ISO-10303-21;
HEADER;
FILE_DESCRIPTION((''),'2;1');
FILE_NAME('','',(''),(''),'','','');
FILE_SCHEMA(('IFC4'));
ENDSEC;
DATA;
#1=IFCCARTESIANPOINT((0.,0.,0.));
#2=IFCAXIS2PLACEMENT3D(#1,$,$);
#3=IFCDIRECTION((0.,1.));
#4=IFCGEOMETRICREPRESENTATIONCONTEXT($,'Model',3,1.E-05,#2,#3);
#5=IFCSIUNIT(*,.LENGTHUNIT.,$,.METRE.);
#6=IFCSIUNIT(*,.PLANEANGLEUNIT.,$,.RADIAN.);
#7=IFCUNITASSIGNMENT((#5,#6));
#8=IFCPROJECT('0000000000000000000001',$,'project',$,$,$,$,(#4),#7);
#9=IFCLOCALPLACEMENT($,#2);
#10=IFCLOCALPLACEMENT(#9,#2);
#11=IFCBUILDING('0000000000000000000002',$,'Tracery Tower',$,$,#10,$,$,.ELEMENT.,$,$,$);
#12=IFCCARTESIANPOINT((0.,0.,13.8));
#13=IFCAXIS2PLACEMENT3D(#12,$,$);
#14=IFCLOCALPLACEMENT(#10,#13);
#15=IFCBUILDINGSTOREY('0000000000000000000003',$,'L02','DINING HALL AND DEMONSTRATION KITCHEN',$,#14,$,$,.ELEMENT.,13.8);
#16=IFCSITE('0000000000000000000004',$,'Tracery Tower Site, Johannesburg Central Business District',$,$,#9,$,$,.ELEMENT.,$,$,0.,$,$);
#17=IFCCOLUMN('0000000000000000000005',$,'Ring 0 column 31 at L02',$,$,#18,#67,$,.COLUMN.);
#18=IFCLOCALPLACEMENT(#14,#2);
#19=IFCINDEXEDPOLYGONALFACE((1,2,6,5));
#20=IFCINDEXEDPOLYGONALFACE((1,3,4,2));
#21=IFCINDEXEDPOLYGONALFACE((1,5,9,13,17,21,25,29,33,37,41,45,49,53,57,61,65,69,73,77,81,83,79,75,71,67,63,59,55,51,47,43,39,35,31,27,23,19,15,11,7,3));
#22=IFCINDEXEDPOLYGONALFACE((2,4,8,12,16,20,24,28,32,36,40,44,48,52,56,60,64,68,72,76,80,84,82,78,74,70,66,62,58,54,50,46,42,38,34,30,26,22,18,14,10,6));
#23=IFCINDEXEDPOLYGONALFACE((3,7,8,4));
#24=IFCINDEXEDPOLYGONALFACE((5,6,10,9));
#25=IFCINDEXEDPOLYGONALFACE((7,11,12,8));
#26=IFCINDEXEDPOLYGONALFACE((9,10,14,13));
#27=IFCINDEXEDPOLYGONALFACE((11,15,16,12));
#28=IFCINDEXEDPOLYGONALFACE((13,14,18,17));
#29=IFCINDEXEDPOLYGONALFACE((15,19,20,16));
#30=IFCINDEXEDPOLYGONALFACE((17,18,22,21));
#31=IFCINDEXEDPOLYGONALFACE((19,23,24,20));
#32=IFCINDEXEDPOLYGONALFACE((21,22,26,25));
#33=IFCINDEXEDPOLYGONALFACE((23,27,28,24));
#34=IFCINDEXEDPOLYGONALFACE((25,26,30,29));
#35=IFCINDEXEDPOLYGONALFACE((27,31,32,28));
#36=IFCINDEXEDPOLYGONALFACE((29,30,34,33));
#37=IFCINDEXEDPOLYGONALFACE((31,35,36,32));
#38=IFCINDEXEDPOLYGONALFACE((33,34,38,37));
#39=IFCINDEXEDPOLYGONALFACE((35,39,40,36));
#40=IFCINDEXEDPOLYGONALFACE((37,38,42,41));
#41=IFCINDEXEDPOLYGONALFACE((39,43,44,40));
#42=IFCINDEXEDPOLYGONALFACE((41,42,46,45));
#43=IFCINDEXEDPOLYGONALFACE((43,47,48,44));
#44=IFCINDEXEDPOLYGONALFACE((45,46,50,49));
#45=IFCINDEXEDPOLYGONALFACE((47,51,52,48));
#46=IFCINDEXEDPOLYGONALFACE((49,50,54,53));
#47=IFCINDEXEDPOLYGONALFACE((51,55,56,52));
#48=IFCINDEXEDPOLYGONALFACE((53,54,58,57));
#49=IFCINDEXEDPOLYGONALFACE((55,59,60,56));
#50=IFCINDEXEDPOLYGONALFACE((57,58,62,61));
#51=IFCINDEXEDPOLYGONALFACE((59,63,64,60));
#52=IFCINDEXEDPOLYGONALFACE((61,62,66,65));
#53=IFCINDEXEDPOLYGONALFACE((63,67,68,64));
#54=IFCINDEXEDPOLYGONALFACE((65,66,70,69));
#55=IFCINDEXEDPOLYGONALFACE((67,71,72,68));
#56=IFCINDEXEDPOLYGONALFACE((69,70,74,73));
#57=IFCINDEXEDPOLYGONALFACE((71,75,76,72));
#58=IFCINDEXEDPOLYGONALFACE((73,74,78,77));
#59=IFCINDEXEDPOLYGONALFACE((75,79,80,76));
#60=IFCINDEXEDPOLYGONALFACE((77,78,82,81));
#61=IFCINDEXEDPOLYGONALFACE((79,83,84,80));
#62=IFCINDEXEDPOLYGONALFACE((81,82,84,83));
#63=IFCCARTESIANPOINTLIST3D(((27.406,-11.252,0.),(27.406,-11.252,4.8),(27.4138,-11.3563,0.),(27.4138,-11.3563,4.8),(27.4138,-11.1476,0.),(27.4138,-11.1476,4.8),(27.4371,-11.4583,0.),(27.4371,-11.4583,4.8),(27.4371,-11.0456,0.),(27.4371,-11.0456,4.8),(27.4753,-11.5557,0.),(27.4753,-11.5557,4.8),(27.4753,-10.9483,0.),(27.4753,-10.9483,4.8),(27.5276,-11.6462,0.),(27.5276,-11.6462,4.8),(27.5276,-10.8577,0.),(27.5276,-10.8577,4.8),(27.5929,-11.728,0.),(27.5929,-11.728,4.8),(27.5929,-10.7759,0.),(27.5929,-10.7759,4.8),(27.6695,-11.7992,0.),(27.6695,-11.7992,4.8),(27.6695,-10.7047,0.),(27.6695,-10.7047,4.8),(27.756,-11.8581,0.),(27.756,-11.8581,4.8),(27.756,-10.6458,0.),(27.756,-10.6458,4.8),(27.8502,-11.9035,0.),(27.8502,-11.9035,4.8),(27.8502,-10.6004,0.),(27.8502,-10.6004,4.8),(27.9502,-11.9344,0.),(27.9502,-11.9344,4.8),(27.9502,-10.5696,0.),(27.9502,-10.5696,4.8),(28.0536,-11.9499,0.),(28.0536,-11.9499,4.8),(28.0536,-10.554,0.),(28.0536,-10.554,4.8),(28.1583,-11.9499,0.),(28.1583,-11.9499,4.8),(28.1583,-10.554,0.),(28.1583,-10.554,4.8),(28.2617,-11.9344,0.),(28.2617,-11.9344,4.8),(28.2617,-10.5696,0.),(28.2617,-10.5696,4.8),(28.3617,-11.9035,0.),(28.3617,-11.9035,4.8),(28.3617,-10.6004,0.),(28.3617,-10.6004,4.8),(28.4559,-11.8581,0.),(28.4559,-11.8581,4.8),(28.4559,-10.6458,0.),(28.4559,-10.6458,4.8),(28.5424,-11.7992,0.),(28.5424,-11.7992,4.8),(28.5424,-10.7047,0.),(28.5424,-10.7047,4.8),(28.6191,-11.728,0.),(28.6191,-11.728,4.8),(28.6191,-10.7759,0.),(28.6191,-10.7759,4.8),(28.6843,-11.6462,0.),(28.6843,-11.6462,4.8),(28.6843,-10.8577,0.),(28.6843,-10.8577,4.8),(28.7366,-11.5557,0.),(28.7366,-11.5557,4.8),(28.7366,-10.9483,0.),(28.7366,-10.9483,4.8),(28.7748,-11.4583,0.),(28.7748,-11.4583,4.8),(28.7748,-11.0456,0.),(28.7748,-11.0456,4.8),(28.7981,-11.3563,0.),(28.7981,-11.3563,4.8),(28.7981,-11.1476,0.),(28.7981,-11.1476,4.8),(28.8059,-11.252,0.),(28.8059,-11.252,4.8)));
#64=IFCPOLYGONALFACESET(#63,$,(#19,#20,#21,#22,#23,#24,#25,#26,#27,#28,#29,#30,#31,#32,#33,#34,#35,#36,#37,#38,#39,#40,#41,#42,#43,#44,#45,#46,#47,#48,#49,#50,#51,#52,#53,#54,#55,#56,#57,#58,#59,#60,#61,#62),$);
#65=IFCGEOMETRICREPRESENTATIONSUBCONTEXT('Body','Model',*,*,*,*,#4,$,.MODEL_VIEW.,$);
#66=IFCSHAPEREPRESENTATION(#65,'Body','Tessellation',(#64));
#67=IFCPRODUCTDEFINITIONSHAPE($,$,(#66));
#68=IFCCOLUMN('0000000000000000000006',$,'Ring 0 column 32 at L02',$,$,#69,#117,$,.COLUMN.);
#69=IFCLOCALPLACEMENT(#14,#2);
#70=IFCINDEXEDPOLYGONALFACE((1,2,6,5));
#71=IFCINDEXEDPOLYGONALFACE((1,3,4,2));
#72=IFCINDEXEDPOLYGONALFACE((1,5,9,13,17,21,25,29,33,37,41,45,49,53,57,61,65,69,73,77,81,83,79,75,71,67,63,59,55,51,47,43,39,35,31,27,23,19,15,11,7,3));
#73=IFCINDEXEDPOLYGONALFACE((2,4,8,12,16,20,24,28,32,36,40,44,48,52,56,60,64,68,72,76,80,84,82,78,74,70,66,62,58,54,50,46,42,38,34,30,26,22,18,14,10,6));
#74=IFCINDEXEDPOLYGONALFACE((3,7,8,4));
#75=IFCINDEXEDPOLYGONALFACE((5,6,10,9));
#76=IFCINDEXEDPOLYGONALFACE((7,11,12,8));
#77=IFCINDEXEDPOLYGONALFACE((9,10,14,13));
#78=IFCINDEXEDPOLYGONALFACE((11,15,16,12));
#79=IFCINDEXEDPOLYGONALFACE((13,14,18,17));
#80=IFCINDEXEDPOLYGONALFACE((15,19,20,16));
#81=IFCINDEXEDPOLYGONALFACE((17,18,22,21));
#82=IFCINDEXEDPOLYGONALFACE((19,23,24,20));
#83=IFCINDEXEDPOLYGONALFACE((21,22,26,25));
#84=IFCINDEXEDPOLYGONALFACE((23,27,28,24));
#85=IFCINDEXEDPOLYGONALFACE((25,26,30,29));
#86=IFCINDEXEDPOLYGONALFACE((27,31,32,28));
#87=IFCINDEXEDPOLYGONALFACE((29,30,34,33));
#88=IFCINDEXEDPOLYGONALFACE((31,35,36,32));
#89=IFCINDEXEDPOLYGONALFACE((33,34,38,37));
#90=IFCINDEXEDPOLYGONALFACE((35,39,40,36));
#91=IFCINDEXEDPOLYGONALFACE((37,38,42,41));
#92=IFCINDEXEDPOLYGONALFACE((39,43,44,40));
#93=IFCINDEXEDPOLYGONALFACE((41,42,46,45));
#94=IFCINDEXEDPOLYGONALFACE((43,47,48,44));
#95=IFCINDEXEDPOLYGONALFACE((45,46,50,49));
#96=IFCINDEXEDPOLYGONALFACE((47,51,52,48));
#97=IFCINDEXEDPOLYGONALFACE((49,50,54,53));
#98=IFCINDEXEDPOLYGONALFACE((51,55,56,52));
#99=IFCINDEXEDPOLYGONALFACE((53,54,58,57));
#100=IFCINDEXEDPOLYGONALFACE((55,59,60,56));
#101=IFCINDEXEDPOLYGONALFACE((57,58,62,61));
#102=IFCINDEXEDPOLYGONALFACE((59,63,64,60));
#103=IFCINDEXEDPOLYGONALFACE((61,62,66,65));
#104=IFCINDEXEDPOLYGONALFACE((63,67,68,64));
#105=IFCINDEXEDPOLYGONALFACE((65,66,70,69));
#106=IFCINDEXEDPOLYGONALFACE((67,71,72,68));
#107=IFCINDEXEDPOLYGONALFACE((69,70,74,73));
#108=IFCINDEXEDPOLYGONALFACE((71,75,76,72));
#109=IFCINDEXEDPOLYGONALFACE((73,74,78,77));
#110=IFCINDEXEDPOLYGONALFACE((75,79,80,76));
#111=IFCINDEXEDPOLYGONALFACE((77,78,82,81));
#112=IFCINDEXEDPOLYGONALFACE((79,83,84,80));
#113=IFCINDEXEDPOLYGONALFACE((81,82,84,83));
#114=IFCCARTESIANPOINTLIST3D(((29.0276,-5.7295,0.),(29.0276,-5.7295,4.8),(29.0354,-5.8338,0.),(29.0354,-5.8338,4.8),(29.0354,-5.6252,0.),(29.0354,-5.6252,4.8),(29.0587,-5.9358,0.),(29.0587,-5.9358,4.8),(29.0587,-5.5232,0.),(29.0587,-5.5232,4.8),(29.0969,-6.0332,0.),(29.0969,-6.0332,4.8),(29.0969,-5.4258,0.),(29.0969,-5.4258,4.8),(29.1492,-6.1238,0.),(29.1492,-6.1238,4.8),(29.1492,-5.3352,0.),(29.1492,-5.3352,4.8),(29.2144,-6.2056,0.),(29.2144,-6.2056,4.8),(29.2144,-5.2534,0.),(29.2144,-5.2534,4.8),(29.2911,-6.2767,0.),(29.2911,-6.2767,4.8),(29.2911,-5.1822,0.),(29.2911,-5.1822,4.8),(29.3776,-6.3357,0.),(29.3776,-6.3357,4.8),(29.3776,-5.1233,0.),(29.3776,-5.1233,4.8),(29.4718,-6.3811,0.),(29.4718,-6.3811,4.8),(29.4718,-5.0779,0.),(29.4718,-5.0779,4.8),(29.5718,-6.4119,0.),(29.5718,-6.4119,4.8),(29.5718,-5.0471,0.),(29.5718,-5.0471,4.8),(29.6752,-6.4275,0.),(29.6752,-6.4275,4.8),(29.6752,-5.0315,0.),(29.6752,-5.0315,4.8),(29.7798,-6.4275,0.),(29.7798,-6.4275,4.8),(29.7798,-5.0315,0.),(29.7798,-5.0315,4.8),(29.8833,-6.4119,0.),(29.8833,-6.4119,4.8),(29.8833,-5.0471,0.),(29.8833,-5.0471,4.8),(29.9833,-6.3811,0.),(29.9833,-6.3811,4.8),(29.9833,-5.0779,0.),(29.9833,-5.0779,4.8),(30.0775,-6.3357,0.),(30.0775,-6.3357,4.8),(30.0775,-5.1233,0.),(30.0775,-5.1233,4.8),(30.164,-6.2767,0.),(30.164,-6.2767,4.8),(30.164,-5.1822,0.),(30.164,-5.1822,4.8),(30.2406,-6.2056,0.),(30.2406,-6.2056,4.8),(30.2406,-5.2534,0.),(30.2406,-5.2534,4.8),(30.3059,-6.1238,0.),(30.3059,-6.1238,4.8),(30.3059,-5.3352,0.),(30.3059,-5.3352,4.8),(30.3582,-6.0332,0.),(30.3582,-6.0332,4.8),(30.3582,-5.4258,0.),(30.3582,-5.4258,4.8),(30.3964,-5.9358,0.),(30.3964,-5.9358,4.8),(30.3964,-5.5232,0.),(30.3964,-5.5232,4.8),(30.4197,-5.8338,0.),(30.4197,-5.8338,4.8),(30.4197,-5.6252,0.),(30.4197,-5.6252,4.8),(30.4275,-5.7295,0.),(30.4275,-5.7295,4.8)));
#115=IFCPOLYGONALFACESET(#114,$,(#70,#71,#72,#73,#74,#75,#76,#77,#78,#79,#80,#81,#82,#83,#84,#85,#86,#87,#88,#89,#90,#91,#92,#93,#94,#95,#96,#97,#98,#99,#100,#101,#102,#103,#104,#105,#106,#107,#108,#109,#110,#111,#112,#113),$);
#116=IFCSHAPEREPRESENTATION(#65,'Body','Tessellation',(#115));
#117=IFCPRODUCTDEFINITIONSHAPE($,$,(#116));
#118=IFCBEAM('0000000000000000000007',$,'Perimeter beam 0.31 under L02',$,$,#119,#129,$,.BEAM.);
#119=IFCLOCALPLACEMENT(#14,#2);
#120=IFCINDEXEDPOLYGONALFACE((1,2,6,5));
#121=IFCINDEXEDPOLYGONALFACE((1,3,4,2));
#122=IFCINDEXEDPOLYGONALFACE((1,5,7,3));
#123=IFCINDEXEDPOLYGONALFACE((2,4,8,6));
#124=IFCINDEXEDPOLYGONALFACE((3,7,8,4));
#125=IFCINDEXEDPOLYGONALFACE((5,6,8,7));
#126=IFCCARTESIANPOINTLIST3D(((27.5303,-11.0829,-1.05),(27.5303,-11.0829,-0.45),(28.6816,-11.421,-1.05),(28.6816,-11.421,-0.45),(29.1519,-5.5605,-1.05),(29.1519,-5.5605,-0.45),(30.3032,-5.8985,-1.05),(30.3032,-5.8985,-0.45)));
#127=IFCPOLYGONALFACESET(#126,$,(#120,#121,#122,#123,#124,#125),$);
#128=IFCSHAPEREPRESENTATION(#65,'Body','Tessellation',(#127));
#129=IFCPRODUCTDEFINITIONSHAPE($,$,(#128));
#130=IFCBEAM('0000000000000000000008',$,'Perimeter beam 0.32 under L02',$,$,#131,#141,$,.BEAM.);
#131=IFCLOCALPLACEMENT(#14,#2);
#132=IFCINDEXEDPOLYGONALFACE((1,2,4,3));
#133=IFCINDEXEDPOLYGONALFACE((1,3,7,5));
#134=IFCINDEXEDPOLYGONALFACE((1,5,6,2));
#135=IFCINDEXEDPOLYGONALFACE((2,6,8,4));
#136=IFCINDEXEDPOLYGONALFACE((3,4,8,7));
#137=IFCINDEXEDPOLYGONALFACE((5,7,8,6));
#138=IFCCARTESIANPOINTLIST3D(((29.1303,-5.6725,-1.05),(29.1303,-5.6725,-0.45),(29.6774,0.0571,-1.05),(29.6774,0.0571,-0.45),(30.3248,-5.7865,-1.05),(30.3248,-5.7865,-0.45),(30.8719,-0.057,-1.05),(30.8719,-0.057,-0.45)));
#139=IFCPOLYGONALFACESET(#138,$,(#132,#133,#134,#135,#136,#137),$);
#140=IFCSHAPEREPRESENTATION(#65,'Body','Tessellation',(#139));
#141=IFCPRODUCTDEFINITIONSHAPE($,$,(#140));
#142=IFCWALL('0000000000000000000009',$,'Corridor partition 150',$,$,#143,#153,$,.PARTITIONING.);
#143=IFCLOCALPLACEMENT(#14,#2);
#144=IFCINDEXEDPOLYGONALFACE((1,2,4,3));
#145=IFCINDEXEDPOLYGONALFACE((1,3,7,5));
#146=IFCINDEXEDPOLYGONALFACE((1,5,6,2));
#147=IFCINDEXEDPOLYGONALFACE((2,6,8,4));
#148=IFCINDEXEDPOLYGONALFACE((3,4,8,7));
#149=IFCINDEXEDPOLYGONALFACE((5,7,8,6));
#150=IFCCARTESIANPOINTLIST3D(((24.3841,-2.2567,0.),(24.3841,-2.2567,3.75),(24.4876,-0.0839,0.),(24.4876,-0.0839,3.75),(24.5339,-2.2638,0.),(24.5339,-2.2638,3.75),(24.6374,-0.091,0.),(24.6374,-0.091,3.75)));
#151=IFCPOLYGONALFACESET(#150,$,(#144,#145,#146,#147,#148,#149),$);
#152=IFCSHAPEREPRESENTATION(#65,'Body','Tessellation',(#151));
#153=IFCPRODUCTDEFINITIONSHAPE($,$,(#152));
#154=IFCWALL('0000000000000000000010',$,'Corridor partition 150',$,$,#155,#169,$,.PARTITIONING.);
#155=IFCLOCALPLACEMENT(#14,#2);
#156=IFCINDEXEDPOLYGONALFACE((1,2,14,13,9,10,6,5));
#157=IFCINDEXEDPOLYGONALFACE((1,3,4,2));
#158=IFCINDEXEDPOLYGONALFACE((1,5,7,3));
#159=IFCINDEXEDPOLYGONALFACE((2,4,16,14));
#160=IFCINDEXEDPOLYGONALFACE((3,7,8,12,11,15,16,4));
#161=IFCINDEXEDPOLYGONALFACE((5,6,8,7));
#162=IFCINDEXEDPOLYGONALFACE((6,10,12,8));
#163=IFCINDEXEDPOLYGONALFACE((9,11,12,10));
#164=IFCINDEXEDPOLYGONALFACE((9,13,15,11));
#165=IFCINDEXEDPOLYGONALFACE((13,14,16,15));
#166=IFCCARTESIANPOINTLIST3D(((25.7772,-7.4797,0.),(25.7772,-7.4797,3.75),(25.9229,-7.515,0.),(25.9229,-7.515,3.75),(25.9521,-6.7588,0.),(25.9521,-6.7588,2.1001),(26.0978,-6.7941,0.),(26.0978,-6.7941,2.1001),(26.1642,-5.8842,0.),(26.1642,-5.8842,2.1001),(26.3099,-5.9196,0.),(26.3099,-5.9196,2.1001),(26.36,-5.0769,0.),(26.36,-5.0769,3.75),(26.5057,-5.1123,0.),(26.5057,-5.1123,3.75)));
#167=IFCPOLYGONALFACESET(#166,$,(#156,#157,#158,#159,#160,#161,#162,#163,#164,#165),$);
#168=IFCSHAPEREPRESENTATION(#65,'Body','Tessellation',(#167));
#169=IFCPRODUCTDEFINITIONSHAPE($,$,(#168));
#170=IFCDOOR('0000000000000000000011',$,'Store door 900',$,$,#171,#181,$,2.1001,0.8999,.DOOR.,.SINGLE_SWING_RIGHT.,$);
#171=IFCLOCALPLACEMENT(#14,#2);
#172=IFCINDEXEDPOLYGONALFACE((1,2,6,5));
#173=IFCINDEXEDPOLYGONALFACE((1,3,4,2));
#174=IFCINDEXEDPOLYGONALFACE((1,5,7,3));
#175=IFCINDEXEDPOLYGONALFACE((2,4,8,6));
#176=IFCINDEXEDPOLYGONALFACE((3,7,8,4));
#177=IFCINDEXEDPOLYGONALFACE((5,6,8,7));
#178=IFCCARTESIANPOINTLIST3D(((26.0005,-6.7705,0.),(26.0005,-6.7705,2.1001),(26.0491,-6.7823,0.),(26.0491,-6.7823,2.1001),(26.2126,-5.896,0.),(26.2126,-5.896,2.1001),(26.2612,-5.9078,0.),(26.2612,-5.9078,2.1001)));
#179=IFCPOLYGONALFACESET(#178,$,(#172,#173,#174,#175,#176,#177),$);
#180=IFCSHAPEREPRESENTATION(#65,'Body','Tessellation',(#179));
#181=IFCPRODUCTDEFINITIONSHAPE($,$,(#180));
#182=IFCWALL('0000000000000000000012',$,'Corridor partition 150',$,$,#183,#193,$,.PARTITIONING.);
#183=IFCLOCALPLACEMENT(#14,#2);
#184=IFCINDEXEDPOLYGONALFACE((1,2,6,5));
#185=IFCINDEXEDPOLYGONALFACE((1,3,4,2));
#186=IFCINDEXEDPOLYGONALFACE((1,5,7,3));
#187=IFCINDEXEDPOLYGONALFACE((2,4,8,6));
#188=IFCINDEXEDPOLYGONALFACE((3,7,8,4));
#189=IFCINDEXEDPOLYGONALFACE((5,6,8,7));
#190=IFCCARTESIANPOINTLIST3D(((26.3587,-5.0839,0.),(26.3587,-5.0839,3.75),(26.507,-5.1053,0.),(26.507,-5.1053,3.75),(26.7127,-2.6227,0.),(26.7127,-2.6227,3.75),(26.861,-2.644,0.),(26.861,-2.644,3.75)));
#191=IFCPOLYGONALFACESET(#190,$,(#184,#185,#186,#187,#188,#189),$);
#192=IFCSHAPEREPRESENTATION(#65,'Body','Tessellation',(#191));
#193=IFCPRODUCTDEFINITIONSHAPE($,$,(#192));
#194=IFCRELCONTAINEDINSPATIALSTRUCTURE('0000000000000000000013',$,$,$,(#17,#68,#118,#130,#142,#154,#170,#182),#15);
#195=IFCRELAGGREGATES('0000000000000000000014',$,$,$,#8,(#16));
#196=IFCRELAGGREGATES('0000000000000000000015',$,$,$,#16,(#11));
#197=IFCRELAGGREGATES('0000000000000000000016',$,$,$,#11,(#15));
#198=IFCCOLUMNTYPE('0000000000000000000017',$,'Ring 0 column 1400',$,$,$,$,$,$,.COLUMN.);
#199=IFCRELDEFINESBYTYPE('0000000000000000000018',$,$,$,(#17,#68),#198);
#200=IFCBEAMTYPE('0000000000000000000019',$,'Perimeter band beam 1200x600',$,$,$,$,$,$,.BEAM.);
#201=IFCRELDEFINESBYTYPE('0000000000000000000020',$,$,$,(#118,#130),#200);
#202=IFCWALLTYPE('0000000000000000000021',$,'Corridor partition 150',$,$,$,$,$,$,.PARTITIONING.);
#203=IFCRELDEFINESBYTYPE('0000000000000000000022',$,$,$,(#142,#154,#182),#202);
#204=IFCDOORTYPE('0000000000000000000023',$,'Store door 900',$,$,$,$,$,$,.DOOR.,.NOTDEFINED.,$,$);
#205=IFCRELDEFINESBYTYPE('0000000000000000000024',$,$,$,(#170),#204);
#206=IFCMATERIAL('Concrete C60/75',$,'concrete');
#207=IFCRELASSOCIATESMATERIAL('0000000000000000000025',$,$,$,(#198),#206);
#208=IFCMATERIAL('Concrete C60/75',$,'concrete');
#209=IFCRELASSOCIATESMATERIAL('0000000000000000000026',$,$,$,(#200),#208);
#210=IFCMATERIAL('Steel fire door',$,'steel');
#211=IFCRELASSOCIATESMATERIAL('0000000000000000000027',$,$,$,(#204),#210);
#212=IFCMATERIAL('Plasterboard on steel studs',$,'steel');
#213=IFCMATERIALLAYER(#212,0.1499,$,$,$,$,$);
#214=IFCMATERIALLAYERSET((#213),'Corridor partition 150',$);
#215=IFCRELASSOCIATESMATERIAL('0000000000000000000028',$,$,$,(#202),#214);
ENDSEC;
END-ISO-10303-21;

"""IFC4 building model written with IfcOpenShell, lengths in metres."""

from ifc_helpers import new_model, si_unit, direction, frame, frame_2d, origin, origin_2d, place, context, subcontext, project, spatial, rectangle, circle, extrude, material, layer, layer_set, material_profile, profile_set, type_object, element, fill, save


model = new_model("IFC4")

# Units and contexts
model_context = context("Model", 3, precision=1e-05, world=origin(), true_north=direction((0.0, 1.0)))
body_context = subcontext(model_context, "Body", "Model", "MODEL_VIEW")
ifc_project = project(units=[si_unit("LENGTHUNIT", "METRE"), si_unit("PLANEANGLEUNIT", "RADIAN")], contexts=[model_context])

# Site, building, storey
site_placement = place(None, origin())
site = spatial("IfcSite", under=ifc_project, at=site_placement, Name="Tracery Tower Site, Johannesburg Central Business District", CompositionType="ELEMENT", RefElevation=0.0)
building_placement = place(site_placement, origin())
building = spatial("IfcBuilding", under=site, at=building_placement, Name="Tracery Tower", CompositionType="ELEMENT")
storey_placement = place(building_placement, frame((0.0, 0.0, 13.8)))
storey = spatial("IfcBuildingStorey", under=building, at=storey_placement, Name="L02", Description="DINING HALL AND DEMONSTRATION KITCHEN", CompositionType="ELEMENT", Elevation=13.8)

# Columns
ifc_material_1 = material(Name="Concrete C60/75", Category="concrete")
ifc_material_profile_1 = material_profile(ifc_material_1, circle(Radius=0.7, at=origin_2d()), Name="RC D1400")
ifc_profile_set_1 = profile_set([ifc_material_profile_1], Name="Concrete C60/75")
column_type = type_object("IfcColumnType", Name="Ring 0 column 1400", PredefinedType="COLUMN", material=ifc_profile_set_1)
for number, where, z_axis, x_axis, name in (
    (1, (28.106, -11.252, 0.0), (0.0, 0.0, 1.0), (1.0, 0.0, 0.0), "Ring 0 column 31 at L02"),
    (2, (29.7275, -5.7295, 0.0), (0.0, 0.0, 1.0), (1.0, 0.0, 0.0), "Ring 0 column 32 at L02"),
):
    element("IfcColumn", number, at=place(storey_placement, frame(where, z_axis=z_axis, x_axis=x_axis)), inside=storey, type_object=column_type, Name=name, PredefinedType="COLUMN", context=body_context, shape_type="SweptSolid", body=[
        extrude(circle(Radius=0.7, at=origin_2d()), origin(), (0.0, 0.0, 1.0), 4.8),
    ])

# Beams
ifc_material_2 = material(Name="Concrete C60/75", Category="concrete")
ifc_material_profile_2 = material_profile(ifc_material_2, rectangle(XDim=1.2, YDim=0.6001, at=origin_2d()), Name="RC 1200x600")
ifc_profile_set_2 = profile_set([ifc_material_profile_2], Name="Concrete C60/75")
beam_type = type_object("IfcBeamType", Name="Perimeter band beam 1200x600", PredefinedType="BEAM", material=ifc_profile_set_2)
for number, where, z_axis, x_axis, name in (
    (3, (28.106, -11.252, -0.75), (0.281739, 0.959491, 0.0), (-0.959491, 0.281739, 0.0), "Perimeter beam 0.31 under L02"),
    (4, (29.7275, -5.7295, -0.75), (0.095059, 0.995472, 0.0), (-0.995472, 0.095059, 0.0), "Perimeter beam 0.32 under L02"),
):
    element("IfcBeam", number, at=place(storey_placement, frame(where, z_axis=z_axis, x_axis=x_axis)), inside=storey, type_object=beam_type, Name=name, PredefinedType="BEAM", context=body_context, shape_type="SweptSolid", body=[
        extrude(rectangle(XDim=1.2, YDim=0.6001, at=origin_2d()), origin(), (0.0, 0.0, 1.0), 5.7556),
    ])

# Shared definitions
ifc_material_3 = material(Name="Steel fire door", Category="steel")
door_type_1 = type_object("IfcDoorType", Name="Store door 900", OperationType="NOTDEFINED", PredefinedType="DOOR", material=ifc_material_3)

# Wall
ifc_material_4 = material(Name="Plasterboard on steel studs", Category="steel")
ifc_layer_1 = layer(ifc_material_4, 0.1499)
ifc_layer_set_1 = layer_set([ifc_layer_1], Name="Corridor partition 150")
wall_type_1 = type_object("IfcWallType", Name="Corridor partition 150", PredefinedType="PARTITIONING", material=ifc_layer_set_1)
wall_1_placement = place(storey_placement, frame((24.459, -2.2603, 0.0), z_axis=(0.0, 0.0, 1.0), x_axis=(0.047586, 0.998867, 0.0)))
element("IfcWall", 5, at=wall_1_placement, inside=storey, type_object=wall_type_1, Name="Corridor partition 150", PredefinedType="PARTITIONING", context=body_context, shape_type="SweptSolid", body=[
    extrude(rectangle(XDim=2.1753, YDim=0.1499, at=frame_2d((1.0876, 0.0))), origin(), (0.0, 0.0, 1.0), 3.75),
])

# Wall, opening, door
wall_2_placement = place(storey_placement, frame((26.4329, -5.0945, 0.0), z_axis=(0.0, 0.0, 1.0), x_axis=(-0.235699, -0.971826, 0.0)))
wall_2 = element("IfcWall", 6, at=wall_2_placement, inside=storey, type_object=wall_type_1, Name="Corridor partition 150", PredefinedType="PARTITIONING", context=body_context, shape_type="SweptSolid", body=[
    extrude(rectangle(XDim=2.4724, YDim=0.1499, at=frame_2d((1.2363, 0.0))), origin(), (0.0, 0.0, 1.0), 3.75),
])
opening_1_placement = place(wall_2_placement, frame((0.8308, 0.0, 0.0)))
opening_1 = element("IfcOpeningElement", 7, at=opening_1_placement, cuts=wall_2, PredefinedType="OPENING", context=body_context, shape_type="SweptSolid", body=[
    extrude(rectangle(XDim=0.8999, YDim=2.1001, at=frame_2d((0.45, 1.05))), frame((0.0, 0.075, 0.0), z_axis=(0.0, -1.0, 0.0), x_axis=(1.0, 0.0, 0.0)), (0.0, 0.0, 1.0), 0.1499),
])
door_1_placement = place(opening_1_placement, origin())
door_1 = element("IfcDoor", 8, at=door_1_placement, inside=storey, type_object=door_type_1, Name="Store door 900", OperationType="SINGLE_SWING_RIGHT", OverallHeight=2.1001, OverallWidth=0.8999, PredefinedType="DOOR", context=body_context, shape_type="SweptSolid", body=[
    extrude(rectangle(XDim=0.8999, YDim=2.1001, at=frame_2d((0.45, 1.05))), frame((0.0, 0.0249, 0.0), z_axis=(0.0, -1.0, 0.0), x_axis=(1.0, 0.0, 0.0)), (0.0, 0.0, 1.0), 0.05),
])
fill(opening_1, door_1)

# Wall
wall_3_placement = place(storey_placement, frame((26.4329, -5.0945, 0.0), z_axis=(0.0, 0.0, 1.0), x_axis=(0.14237, 0.989814, 0.0)))
element("IfcWall", 9, at=wall_3_placement, inside=storey, type_object=wall_type_1, Name="Corridor partition 150", PredefinedType="PARTITIONING", context=body_context, shape_type="SweptSolid", body=[
    extrude(rectangle(XDim=2.4866, YDim=0.1499, at=frame_2d((1.2432, 0.0))), origin(), (0.0, 0.0, 1.0), 3.75),
])

save(model, "model.ifc")
